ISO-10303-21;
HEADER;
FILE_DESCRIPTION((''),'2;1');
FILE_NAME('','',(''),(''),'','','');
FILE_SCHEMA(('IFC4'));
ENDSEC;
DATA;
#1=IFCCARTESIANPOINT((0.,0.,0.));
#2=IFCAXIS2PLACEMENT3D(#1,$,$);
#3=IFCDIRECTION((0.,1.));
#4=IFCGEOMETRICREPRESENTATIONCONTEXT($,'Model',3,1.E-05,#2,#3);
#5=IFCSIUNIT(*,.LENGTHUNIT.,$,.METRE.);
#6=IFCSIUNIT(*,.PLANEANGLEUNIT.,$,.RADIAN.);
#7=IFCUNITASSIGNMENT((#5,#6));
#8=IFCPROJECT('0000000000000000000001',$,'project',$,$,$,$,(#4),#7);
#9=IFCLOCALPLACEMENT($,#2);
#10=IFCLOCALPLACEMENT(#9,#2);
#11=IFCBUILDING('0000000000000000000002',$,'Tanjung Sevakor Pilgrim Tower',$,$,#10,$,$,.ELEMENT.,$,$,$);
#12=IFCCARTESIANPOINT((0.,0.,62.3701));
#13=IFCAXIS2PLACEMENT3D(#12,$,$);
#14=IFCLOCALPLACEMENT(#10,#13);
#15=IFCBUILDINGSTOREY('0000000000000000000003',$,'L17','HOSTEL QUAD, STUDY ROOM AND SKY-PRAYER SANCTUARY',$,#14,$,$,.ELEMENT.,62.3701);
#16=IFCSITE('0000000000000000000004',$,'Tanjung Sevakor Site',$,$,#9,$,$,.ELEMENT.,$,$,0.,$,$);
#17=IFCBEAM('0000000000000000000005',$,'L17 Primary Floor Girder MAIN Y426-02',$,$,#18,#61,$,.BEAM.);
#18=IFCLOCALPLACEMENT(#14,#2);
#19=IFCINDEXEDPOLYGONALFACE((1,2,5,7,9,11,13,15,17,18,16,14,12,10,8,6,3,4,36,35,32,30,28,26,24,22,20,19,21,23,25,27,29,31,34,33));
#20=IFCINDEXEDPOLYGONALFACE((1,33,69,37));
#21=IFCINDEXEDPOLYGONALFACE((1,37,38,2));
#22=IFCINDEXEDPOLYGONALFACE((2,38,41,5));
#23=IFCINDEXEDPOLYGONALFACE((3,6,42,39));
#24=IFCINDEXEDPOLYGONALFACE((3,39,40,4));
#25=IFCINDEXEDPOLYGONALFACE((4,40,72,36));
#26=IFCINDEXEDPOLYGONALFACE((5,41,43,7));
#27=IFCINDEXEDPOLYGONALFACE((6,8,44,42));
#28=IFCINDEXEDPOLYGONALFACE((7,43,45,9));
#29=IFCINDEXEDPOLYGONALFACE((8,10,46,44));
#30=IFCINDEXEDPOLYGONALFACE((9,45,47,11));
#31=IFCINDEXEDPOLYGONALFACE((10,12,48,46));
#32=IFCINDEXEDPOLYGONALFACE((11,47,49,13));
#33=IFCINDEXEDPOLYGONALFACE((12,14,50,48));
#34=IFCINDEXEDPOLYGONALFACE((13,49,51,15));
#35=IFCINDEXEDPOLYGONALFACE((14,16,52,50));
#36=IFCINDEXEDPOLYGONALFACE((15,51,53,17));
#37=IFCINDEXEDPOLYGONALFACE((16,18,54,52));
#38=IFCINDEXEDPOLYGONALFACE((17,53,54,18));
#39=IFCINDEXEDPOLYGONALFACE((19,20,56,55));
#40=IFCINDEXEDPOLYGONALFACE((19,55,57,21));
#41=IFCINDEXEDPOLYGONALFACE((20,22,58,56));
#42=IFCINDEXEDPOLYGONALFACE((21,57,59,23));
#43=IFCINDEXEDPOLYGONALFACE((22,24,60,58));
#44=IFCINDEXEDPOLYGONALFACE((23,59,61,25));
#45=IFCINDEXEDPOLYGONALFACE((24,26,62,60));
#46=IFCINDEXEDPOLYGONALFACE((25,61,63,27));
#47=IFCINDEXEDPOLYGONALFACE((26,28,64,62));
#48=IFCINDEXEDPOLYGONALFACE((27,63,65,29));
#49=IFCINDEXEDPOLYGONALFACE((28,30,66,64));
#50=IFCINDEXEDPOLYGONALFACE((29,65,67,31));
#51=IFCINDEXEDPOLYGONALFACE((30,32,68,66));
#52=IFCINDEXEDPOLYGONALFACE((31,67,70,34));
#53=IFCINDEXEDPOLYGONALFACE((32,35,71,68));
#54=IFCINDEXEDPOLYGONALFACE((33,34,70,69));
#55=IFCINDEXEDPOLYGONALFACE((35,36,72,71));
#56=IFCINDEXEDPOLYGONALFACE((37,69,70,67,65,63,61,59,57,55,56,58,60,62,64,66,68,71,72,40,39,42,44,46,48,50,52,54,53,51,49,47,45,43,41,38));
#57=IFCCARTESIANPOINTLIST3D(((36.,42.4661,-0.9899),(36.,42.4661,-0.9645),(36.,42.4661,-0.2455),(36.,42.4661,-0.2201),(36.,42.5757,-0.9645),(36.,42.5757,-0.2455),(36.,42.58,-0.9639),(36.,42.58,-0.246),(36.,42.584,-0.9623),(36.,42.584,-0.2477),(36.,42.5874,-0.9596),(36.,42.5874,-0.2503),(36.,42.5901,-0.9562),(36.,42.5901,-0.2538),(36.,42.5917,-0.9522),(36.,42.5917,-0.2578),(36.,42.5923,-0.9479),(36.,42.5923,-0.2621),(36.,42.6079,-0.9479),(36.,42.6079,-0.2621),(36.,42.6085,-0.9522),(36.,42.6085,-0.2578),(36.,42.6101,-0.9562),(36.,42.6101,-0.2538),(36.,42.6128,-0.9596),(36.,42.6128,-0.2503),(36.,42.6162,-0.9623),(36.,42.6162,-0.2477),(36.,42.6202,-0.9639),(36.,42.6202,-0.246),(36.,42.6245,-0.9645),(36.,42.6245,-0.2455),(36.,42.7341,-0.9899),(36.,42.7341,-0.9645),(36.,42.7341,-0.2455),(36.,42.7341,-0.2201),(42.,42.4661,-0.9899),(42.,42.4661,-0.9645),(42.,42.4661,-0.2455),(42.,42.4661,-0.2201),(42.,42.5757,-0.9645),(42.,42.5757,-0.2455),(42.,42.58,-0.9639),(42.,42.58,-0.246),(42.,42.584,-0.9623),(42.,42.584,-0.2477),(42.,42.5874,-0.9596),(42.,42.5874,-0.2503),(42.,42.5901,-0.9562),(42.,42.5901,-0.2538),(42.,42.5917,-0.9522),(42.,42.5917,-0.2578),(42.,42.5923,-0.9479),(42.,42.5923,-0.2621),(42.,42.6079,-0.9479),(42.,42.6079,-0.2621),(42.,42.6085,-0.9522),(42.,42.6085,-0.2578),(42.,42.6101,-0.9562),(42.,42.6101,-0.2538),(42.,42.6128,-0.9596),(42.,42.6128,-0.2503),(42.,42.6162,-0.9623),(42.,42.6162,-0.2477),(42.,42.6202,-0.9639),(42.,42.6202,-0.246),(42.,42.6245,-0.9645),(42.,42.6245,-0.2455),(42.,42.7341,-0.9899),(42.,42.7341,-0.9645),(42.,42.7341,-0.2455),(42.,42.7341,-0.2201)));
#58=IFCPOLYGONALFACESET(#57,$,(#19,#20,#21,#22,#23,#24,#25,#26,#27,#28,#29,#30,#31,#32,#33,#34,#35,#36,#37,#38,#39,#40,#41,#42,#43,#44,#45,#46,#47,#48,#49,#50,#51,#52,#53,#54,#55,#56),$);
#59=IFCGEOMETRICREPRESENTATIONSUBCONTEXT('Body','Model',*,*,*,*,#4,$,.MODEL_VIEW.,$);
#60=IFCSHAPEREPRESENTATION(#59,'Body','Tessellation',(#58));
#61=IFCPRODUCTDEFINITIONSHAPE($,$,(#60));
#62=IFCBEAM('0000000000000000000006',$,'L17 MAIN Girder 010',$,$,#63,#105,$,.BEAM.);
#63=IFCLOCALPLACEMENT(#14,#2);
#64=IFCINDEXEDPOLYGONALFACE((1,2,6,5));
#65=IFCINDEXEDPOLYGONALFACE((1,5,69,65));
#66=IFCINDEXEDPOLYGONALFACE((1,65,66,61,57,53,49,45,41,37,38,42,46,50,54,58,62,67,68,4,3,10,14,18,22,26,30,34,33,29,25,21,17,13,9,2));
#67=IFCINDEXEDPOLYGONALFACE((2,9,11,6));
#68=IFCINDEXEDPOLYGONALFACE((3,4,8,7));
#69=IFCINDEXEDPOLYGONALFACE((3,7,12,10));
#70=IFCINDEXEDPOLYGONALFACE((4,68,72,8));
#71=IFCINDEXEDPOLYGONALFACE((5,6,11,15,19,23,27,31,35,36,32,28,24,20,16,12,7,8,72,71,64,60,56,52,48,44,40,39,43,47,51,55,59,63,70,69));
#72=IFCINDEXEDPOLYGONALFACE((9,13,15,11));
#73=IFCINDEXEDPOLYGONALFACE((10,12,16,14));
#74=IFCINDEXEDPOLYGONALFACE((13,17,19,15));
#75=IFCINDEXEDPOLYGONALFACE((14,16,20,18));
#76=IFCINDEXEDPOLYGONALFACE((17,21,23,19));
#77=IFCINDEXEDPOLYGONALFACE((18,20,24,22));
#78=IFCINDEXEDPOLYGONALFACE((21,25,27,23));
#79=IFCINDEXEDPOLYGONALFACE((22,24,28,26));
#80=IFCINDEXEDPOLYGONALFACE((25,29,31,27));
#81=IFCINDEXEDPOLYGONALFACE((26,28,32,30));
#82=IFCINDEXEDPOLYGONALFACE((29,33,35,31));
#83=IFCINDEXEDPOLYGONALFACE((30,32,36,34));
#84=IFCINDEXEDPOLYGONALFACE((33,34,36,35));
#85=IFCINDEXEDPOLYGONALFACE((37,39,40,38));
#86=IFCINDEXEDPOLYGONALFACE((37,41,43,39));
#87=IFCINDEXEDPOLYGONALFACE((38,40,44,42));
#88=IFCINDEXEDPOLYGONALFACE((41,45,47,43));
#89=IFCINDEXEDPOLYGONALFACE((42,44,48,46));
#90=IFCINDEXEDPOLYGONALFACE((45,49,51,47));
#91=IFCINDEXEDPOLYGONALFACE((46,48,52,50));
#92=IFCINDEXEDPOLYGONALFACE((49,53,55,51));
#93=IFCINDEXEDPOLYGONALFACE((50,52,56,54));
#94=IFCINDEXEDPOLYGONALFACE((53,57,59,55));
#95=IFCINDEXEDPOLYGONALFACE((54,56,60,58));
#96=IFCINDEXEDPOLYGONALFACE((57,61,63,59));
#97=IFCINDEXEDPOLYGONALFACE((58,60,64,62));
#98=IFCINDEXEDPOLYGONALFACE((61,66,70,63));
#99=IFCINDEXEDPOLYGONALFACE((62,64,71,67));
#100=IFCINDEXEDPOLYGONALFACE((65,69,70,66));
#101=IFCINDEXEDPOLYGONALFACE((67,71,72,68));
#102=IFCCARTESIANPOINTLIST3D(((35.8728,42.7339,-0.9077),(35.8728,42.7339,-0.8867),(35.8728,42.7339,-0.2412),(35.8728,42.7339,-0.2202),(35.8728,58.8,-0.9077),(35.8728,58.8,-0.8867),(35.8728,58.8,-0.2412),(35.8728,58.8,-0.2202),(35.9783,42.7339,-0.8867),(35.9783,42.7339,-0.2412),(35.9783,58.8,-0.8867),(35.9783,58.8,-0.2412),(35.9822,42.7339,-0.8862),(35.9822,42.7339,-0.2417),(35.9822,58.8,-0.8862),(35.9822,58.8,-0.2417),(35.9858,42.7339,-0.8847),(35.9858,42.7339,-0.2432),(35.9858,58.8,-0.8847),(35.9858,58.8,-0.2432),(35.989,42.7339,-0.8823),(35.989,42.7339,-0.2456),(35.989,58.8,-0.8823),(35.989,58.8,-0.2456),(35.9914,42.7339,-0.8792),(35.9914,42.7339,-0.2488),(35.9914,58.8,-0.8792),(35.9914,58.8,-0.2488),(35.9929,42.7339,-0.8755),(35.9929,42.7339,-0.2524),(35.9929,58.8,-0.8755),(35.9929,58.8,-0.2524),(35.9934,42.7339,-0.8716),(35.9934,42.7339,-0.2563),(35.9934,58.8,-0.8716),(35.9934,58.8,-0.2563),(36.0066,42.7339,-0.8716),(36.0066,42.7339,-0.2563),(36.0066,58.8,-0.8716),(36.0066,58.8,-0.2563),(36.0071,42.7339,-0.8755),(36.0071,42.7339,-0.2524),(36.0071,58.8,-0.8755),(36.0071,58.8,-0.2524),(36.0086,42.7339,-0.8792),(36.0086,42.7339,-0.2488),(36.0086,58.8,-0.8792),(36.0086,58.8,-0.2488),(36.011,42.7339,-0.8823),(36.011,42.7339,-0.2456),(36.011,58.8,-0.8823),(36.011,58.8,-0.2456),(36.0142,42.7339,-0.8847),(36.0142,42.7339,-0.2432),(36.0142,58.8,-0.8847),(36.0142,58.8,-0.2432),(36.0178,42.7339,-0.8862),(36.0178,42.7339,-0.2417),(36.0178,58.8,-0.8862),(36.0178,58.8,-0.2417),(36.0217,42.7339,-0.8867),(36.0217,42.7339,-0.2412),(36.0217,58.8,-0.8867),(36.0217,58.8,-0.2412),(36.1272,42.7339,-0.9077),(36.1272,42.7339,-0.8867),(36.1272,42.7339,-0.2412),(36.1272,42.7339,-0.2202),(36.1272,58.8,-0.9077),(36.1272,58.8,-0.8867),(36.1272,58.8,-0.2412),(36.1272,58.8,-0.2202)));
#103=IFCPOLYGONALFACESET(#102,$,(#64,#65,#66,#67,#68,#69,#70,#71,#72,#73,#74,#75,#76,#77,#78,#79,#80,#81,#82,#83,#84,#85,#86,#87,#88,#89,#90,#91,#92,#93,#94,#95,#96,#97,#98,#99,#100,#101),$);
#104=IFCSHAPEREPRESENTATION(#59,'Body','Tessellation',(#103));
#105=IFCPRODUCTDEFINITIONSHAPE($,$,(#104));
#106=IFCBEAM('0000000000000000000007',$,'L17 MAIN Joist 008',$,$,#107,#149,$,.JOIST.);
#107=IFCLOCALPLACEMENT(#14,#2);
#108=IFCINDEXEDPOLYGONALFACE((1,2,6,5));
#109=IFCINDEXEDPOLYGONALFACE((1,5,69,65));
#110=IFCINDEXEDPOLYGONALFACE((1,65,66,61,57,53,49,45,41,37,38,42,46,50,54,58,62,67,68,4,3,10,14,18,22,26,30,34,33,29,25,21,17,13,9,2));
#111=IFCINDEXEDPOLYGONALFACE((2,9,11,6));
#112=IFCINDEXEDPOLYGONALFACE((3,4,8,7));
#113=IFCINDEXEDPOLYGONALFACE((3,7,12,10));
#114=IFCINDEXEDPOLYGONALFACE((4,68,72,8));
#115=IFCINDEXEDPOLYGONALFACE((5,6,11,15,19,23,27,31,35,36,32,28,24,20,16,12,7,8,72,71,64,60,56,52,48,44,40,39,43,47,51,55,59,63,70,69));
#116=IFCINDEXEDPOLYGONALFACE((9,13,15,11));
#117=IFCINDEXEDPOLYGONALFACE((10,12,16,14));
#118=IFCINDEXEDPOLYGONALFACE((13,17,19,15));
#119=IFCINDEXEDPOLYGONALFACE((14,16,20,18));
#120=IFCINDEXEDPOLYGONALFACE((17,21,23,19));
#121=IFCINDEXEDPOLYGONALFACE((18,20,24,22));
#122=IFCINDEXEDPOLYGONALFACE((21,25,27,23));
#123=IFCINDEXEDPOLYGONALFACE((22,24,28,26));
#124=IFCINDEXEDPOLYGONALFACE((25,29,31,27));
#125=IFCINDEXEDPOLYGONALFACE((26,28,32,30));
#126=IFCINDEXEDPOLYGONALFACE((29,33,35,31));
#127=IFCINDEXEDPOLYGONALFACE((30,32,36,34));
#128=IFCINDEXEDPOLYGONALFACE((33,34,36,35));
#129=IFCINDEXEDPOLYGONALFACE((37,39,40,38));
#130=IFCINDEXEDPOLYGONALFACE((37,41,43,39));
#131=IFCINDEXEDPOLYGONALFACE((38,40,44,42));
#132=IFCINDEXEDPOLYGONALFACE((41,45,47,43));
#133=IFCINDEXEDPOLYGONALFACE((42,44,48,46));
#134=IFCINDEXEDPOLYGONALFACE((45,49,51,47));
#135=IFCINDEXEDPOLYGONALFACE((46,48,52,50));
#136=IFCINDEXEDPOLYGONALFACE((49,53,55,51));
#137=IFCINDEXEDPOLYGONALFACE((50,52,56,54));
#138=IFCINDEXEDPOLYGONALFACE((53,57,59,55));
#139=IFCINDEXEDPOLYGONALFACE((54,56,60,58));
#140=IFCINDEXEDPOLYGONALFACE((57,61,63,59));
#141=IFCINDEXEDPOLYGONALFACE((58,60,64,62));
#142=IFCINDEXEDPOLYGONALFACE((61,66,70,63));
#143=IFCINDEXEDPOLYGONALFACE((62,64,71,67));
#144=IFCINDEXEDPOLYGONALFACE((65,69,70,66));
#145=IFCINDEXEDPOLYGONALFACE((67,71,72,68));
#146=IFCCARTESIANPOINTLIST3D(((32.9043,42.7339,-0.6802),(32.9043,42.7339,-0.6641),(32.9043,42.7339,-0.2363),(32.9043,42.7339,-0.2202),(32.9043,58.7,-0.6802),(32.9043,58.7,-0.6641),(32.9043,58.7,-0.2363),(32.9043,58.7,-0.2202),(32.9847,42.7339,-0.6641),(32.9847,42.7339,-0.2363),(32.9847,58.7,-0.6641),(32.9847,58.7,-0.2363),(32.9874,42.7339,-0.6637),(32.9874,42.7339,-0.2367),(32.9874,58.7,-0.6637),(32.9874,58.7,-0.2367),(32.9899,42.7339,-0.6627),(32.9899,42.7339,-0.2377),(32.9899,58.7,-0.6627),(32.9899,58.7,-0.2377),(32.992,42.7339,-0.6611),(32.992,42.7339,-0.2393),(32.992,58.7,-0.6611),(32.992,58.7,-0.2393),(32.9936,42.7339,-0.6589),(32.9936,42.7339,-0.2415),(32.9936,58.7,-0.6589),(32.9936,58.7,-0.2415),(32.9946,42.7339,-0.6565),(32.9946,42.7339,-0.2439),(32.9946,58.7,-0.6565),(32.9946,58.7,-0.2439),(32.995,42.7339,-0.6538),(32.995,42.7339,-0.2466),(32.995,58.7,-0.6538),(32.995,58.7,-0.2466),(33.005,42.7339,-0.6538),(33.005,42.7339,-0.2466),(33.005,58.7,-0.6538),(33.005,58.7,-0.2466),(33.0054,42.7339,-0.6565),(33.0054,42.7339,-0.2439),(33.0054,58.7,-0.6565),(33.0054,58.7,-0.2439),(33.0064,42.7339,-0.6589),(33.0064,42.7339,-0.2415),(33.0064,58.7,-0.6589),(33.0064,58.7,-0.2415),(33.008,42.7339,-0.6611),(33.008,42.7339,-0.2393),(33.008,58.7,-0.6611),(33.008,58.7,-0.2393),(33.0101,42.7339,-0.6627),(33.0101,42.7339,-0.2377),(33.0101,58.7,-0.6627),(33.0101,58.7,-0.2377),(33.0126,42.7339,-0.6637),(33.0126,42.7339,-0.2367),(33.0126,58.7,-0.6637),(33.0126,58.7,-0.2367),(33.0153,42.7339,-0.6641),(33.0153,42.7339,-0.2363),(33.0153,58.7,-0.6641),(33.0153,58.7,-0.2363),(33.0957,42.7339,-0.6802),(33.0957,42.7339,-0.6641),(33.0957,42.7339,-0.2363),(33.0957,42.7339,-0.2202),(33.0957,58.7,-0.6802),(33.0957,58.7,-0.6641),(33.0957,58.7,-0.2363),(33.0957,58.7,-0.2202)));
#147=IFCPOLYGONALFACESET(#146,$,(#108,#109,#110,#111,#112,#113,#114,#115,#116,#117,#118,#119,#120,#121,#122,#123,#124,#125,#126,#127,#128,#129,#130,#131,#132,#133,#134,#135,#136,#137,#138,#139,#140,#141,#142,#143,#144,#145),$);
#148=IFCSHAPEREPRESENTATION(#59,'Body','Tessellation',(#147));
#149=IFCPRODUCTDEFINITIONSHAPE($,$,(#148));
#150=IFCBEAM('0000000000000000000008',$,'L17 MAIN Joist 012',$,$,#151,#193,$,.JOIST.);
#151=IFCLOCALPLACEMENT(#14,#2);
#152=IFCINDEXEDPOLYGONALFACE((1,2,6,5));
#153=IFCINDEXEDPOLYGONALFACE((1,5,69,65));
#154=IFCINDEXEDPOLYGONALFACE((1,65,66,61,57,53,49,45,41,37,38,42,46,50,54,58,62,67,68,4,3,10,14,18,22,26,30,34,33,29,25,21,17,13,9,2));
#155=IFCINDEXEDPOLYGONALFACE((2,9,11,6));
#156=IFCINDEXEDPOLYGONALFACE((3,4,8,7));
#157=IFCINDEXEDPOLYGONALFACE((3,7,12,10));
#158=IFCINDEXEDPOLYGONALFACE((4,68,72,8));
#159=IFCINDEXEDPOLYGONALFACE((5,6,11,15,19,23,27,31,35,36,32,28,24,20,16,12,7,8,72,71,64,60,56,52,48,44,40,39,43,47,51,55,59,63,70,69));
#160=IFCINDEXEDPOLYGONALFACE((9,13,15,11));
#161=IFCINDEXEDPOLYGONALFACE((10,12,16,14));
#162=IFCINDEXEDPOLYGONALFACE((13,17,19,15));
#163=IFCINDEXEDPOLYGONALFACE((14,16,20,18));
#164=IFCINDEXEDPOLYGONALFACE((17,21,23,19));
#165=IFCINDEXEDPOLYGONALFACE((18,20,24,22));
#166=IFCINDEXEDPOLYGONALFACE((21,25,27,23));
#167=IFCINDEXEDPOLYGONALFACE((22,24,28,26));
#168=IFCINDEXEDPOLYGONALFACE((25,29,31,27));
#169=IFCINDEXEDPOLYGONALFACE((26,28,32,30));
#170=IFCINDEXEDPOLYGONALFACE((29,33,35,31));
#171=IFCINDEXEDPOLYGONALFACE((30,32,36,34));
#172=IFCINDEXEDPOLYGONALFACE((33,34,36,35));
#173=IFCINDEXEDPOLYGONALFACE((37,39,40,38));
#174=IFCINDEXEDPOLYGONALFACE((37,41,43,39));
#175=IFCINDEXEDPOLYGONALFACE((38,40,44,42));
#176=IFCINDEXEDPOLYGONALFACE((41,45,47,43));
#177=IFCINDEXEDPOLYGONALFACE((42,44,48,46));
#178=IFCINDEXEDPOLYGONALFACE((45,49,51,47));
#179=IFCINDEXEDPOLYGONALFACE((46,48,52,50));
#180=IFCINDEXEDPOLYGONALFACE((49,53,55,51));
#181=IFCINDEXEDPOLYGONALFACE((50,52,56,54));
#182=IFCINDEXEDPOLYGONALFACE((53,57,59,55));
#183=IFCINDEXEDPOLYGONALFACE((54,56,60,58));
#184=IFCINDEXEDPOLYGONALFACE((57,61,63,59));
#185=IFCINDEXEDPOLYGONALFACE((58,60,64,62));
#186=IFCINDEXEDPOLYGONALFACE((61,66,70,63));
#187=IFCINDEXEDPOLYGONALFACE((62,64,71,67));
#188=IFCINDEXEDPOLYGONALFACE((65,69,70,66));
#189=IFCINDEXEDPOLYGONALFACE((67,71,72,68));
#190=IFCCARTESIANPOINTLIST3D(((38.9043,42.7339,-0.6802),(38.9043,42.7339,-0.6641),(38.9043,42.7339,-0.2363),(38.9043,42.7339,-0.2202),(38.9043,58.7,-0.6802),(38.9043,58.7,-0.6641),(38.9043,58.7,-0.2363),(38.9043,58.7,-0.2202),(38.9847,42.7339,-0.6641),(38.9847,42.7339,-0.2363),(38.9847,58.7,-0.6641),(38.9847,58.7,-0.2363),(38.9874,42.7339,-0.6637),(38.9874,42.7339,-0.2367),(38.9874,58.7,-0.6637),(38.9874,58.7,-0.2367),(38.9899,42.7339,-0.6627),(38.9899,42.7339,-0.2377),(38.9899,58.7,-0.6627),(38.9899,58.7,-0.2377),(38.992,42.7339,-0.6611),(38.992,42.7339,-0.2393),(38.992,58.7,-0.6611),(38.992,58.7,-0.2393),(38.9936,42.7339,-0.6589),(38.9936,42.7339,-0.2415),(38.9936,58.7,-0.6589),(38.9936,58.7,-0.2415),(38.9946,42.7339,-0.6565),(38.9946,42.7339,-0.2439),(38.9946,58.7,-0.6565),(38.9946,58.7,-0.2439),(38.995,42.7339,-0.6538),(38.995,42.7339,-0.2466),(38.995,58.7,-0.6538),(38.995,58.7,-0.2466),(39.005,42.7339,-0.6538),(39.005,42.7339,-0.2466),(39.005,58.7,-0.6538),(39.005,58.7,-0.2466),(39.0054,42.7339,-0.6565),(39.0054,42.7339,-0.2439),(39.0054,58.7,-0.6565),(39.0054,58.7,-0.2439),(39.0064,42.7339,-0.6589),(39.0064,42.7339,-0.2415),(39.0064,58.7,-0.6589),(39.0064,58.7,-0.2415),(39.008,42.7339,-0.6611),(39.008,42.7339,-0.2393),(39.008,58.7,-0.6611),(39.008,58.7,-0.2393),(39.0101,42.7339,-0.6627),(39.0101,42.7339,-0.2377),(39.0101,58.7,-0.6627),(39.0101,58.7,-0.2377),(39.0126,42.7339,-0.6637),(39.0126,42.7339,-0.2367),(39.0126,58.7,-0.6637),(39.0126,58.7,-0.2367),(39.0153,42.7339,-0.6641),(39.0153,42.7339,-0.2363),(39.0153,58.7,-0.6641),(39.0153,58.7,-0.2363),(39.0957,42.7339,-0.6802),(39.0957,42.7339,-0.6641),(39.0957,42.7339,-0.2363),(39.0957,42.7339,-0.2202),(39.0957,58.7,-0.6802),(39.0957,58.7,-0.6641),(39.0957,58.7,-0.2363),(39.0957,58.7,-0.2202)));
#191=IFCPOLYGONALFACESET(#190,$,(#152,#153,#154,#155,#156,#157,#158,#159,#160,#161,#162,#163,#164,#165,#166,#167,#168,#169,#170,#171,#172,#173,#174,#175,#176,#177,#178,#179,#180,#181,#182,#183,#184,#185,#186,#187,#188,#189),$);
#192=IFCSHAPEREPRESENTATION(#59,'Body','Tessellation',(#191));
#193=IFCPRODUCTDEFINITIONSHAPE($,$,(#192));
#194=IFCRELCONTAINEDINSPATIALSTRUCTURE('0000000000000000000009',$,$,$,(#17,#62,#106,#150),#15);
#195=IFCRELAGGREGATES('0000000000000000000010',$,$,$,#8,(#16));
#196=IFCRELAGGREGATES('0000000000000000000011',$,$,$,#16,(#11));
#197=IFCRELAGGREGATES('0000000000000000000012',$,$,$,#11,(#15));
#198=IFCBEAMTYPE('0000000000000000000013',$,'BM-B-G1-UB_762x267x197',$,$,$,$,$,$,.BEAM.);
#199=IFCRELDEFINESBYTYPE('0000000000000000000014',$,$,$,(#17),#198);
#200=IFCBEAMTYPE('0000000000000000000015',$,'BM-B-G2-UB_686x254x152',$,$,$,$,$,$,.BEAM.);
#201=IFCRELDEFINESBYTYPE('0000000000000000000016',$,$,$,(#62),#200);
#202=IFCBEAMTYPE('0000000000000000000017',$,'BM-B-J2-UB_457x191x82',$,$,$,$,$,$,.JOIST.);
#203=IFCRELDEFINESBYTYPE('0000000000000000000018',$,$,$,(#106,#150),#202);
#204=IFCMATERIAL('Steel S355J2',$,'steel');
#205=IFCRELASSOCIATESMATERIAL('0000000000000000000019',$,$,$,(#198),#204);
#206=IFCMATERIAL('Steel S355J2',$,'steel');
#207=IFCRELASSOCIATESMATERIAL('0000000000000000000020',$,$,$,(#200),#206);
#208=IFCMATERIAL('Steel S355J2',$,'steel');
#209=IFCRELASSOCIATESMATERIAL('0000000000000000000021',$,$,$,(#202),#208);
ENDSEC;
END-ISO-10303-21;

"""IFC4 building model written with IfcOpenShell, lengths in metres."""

from ifc_helpers import new_model, si_unit, direction, frame, origin, origin_2d, place, context, subcontext, project, spatial, i_section, extrude, material, material_profile, profile_set, type_object, element, save


model = new_model("IFC4")

# Units and contexts
model_context = context("Model", 3, precision=1e-05, world=origin(), true_north=direction((0.0, 1.0)))
body_context = subcontext(model_context, "Body", "Model", "MODEL_VIEW")
ifc_project = project(units=[si_unit("LENGTHUNIT", "METRE"), si_unit("PLANEANGLEUNIT", "RADIAN")], contexts=[model_context])

# Site, building, storey
site_placement = place(None, origin())
site = spatial("IfcSite", under=ifc_project, at=site_placement, Name="Tanjung Sevakor Site", CompositionType="ELEMENT", RefElevation=0.0)
building_placement = place(site_placement, origin())
building = spatial("IfcBuilding", under=site, at=building_placement, Name="Tanjung Sevakor Pilgrim Tower", CompositionType="ELEMENT")
storey_placement = place(building_placement, frame((0.0, 0.0, 62.3701)))
storey = spatial("IfcBuildingStorey", under=building, at=storey_placement, Name="L17", Description="HOSTEL QUAD, STUDY ROOM AND SKY-PRAYER SANCTUARY", CompositionType="ELEMENT", Elevation=62.3701)

# Beams
ifc_material_1 = material(Name="Steel S355J2", Category="steel")
ifc_material_profile_1 = material_profile(ifc_material_1, i_section(OverallWidth=0.2681, OverallDepth=0.7698, WebThickness=0.0156, FlangeThickness=0.0254, FilletRadius=0.0166, at=origin_2d()))
ifc_profile_set_1 = profile_set([ifc_material_profile_1], Name="Steel S355J2")
beam_type_1 = type_object("IfcBeamType", Name="BM-B-G1-UB_762x267x197", PredefinedType="BEAM", material=ifc_profile_set_1)
beam_1_placement = place(storey_placement, frame((36.0, 42.6001, -0.605), z_axis=(1.0, 0.0, 0.0), x_axis=(0.0, 1.0, 0.0)))
element("IfcBeam", 1, at=beam_1_placement, inside=storey, type_object=beam_type_1, Name="L17 Primary Floor Girder MAIN Y426-02", PredefinedType="BEAM", context=body_context, shape_type="SweptSolid", body=[
    extrude(i_section(OverallWidth=0.2681, OverallDepth=0.7698, WebThickness=0.0156, FlangeThickness=0.0254, FilletRadius=0.0166, at=origin_2d()), origin(), (0.0, 0.0, 1.0), 6.0),
])
ifc_material_2 = material(Name="Steel S355J2", Category="steel")
ifc_material_profile_2 = material_profile(ifc_material_2, i_section(OverallWidth=0.2544, OverallDepth=0.6875, WebThickness=0.0132, FlangeThickness=0.021, FilletRadius=0.0151, at=origin_2d()))
ifc_profile_set_2 = profile_set([ifc_material_profile_2], Name="Steel S355J2")
beam_type_2 = type_object("IfcBeamType", Name="BM-B-G2-UB_686x254x152", PredefinedType="BEAM", material=ifc_profile_set_2)
beam_2_placement = place(storey_placement, frame((36.0, 42.7339, -0.564), z_axis=(0.0, 1.0, 0.0), x_axis=(-1.0, 0.0, 0.0)))
element("IfcBeam", 2, at=beam_2_placement, inside=storey, type_object=beam_type_2, Name="L17 MAIN Girder 010", PredefinedType="BEAM", context=body_context, shape_type="SweptSolid", body=[
    extrude(i_section(OverallWidth=0.2544, OverallDepth=0.6875, WebThickness=0.0132, FlangeThickness=0.021, FilletRadius=0.0151, at=origin_2d()), origin(), (0.0, 0.0, 1.0), 16.0662),
])
ifc_material_3 = material(Name="Steel S355J2", Category="steel")
ifc_material_profile_3 = material_profile(ifc_material_3, i_section(OverallWidth=0.1914, OverallDepth=0.46, WebThickness=0.01, FlangeThickness=0.0161, FilletRadius=0.0103, at=origin_2d()))
ifc_profile_set_3 = profile_set([ifc_material_profile_3], Name="Steel S355J2")
beam_type_3 = type_object("IfcBeamType", Name="BM-B-J2-UB_457x191x82", PredefinedType="JOIST", material=ifc_profile_set_3)
for number, where, z_axis, x_axis, name in (
    (3, (33.0, 42.7339, -0.4502), (0.0, 1.0, 0.0), (-1.0, 0.0, 0.0), "L17 MAIN Joist 008"),
    (4, (39.0, 42.7339, -0.4502), (0.0, 1.0, 0.0), (-1.0, 0.0, 0.0), "L17 MAIN Joist 012"),
):
    element("IfcBeam", number, at=place(storey_placement, frame(where, z_axis=z_axis, x_axis=x_axis)), inside=storey, type_object=beam_type_3, Name=name, PredefinedType="JOIST", context=body_context, shape_type="SweptSolid", body=[
        extrude(i_section(OverallWidth=0.1914, OverallDepth=0.46, WebThickness=0.01, FlangeThickness=0.0161, FilletRadius=0.0103, at=origin_2d()), origin(), (0.0, 0.0, 1.0), 15.9661),
    ])

save(model, "model.ifc")
